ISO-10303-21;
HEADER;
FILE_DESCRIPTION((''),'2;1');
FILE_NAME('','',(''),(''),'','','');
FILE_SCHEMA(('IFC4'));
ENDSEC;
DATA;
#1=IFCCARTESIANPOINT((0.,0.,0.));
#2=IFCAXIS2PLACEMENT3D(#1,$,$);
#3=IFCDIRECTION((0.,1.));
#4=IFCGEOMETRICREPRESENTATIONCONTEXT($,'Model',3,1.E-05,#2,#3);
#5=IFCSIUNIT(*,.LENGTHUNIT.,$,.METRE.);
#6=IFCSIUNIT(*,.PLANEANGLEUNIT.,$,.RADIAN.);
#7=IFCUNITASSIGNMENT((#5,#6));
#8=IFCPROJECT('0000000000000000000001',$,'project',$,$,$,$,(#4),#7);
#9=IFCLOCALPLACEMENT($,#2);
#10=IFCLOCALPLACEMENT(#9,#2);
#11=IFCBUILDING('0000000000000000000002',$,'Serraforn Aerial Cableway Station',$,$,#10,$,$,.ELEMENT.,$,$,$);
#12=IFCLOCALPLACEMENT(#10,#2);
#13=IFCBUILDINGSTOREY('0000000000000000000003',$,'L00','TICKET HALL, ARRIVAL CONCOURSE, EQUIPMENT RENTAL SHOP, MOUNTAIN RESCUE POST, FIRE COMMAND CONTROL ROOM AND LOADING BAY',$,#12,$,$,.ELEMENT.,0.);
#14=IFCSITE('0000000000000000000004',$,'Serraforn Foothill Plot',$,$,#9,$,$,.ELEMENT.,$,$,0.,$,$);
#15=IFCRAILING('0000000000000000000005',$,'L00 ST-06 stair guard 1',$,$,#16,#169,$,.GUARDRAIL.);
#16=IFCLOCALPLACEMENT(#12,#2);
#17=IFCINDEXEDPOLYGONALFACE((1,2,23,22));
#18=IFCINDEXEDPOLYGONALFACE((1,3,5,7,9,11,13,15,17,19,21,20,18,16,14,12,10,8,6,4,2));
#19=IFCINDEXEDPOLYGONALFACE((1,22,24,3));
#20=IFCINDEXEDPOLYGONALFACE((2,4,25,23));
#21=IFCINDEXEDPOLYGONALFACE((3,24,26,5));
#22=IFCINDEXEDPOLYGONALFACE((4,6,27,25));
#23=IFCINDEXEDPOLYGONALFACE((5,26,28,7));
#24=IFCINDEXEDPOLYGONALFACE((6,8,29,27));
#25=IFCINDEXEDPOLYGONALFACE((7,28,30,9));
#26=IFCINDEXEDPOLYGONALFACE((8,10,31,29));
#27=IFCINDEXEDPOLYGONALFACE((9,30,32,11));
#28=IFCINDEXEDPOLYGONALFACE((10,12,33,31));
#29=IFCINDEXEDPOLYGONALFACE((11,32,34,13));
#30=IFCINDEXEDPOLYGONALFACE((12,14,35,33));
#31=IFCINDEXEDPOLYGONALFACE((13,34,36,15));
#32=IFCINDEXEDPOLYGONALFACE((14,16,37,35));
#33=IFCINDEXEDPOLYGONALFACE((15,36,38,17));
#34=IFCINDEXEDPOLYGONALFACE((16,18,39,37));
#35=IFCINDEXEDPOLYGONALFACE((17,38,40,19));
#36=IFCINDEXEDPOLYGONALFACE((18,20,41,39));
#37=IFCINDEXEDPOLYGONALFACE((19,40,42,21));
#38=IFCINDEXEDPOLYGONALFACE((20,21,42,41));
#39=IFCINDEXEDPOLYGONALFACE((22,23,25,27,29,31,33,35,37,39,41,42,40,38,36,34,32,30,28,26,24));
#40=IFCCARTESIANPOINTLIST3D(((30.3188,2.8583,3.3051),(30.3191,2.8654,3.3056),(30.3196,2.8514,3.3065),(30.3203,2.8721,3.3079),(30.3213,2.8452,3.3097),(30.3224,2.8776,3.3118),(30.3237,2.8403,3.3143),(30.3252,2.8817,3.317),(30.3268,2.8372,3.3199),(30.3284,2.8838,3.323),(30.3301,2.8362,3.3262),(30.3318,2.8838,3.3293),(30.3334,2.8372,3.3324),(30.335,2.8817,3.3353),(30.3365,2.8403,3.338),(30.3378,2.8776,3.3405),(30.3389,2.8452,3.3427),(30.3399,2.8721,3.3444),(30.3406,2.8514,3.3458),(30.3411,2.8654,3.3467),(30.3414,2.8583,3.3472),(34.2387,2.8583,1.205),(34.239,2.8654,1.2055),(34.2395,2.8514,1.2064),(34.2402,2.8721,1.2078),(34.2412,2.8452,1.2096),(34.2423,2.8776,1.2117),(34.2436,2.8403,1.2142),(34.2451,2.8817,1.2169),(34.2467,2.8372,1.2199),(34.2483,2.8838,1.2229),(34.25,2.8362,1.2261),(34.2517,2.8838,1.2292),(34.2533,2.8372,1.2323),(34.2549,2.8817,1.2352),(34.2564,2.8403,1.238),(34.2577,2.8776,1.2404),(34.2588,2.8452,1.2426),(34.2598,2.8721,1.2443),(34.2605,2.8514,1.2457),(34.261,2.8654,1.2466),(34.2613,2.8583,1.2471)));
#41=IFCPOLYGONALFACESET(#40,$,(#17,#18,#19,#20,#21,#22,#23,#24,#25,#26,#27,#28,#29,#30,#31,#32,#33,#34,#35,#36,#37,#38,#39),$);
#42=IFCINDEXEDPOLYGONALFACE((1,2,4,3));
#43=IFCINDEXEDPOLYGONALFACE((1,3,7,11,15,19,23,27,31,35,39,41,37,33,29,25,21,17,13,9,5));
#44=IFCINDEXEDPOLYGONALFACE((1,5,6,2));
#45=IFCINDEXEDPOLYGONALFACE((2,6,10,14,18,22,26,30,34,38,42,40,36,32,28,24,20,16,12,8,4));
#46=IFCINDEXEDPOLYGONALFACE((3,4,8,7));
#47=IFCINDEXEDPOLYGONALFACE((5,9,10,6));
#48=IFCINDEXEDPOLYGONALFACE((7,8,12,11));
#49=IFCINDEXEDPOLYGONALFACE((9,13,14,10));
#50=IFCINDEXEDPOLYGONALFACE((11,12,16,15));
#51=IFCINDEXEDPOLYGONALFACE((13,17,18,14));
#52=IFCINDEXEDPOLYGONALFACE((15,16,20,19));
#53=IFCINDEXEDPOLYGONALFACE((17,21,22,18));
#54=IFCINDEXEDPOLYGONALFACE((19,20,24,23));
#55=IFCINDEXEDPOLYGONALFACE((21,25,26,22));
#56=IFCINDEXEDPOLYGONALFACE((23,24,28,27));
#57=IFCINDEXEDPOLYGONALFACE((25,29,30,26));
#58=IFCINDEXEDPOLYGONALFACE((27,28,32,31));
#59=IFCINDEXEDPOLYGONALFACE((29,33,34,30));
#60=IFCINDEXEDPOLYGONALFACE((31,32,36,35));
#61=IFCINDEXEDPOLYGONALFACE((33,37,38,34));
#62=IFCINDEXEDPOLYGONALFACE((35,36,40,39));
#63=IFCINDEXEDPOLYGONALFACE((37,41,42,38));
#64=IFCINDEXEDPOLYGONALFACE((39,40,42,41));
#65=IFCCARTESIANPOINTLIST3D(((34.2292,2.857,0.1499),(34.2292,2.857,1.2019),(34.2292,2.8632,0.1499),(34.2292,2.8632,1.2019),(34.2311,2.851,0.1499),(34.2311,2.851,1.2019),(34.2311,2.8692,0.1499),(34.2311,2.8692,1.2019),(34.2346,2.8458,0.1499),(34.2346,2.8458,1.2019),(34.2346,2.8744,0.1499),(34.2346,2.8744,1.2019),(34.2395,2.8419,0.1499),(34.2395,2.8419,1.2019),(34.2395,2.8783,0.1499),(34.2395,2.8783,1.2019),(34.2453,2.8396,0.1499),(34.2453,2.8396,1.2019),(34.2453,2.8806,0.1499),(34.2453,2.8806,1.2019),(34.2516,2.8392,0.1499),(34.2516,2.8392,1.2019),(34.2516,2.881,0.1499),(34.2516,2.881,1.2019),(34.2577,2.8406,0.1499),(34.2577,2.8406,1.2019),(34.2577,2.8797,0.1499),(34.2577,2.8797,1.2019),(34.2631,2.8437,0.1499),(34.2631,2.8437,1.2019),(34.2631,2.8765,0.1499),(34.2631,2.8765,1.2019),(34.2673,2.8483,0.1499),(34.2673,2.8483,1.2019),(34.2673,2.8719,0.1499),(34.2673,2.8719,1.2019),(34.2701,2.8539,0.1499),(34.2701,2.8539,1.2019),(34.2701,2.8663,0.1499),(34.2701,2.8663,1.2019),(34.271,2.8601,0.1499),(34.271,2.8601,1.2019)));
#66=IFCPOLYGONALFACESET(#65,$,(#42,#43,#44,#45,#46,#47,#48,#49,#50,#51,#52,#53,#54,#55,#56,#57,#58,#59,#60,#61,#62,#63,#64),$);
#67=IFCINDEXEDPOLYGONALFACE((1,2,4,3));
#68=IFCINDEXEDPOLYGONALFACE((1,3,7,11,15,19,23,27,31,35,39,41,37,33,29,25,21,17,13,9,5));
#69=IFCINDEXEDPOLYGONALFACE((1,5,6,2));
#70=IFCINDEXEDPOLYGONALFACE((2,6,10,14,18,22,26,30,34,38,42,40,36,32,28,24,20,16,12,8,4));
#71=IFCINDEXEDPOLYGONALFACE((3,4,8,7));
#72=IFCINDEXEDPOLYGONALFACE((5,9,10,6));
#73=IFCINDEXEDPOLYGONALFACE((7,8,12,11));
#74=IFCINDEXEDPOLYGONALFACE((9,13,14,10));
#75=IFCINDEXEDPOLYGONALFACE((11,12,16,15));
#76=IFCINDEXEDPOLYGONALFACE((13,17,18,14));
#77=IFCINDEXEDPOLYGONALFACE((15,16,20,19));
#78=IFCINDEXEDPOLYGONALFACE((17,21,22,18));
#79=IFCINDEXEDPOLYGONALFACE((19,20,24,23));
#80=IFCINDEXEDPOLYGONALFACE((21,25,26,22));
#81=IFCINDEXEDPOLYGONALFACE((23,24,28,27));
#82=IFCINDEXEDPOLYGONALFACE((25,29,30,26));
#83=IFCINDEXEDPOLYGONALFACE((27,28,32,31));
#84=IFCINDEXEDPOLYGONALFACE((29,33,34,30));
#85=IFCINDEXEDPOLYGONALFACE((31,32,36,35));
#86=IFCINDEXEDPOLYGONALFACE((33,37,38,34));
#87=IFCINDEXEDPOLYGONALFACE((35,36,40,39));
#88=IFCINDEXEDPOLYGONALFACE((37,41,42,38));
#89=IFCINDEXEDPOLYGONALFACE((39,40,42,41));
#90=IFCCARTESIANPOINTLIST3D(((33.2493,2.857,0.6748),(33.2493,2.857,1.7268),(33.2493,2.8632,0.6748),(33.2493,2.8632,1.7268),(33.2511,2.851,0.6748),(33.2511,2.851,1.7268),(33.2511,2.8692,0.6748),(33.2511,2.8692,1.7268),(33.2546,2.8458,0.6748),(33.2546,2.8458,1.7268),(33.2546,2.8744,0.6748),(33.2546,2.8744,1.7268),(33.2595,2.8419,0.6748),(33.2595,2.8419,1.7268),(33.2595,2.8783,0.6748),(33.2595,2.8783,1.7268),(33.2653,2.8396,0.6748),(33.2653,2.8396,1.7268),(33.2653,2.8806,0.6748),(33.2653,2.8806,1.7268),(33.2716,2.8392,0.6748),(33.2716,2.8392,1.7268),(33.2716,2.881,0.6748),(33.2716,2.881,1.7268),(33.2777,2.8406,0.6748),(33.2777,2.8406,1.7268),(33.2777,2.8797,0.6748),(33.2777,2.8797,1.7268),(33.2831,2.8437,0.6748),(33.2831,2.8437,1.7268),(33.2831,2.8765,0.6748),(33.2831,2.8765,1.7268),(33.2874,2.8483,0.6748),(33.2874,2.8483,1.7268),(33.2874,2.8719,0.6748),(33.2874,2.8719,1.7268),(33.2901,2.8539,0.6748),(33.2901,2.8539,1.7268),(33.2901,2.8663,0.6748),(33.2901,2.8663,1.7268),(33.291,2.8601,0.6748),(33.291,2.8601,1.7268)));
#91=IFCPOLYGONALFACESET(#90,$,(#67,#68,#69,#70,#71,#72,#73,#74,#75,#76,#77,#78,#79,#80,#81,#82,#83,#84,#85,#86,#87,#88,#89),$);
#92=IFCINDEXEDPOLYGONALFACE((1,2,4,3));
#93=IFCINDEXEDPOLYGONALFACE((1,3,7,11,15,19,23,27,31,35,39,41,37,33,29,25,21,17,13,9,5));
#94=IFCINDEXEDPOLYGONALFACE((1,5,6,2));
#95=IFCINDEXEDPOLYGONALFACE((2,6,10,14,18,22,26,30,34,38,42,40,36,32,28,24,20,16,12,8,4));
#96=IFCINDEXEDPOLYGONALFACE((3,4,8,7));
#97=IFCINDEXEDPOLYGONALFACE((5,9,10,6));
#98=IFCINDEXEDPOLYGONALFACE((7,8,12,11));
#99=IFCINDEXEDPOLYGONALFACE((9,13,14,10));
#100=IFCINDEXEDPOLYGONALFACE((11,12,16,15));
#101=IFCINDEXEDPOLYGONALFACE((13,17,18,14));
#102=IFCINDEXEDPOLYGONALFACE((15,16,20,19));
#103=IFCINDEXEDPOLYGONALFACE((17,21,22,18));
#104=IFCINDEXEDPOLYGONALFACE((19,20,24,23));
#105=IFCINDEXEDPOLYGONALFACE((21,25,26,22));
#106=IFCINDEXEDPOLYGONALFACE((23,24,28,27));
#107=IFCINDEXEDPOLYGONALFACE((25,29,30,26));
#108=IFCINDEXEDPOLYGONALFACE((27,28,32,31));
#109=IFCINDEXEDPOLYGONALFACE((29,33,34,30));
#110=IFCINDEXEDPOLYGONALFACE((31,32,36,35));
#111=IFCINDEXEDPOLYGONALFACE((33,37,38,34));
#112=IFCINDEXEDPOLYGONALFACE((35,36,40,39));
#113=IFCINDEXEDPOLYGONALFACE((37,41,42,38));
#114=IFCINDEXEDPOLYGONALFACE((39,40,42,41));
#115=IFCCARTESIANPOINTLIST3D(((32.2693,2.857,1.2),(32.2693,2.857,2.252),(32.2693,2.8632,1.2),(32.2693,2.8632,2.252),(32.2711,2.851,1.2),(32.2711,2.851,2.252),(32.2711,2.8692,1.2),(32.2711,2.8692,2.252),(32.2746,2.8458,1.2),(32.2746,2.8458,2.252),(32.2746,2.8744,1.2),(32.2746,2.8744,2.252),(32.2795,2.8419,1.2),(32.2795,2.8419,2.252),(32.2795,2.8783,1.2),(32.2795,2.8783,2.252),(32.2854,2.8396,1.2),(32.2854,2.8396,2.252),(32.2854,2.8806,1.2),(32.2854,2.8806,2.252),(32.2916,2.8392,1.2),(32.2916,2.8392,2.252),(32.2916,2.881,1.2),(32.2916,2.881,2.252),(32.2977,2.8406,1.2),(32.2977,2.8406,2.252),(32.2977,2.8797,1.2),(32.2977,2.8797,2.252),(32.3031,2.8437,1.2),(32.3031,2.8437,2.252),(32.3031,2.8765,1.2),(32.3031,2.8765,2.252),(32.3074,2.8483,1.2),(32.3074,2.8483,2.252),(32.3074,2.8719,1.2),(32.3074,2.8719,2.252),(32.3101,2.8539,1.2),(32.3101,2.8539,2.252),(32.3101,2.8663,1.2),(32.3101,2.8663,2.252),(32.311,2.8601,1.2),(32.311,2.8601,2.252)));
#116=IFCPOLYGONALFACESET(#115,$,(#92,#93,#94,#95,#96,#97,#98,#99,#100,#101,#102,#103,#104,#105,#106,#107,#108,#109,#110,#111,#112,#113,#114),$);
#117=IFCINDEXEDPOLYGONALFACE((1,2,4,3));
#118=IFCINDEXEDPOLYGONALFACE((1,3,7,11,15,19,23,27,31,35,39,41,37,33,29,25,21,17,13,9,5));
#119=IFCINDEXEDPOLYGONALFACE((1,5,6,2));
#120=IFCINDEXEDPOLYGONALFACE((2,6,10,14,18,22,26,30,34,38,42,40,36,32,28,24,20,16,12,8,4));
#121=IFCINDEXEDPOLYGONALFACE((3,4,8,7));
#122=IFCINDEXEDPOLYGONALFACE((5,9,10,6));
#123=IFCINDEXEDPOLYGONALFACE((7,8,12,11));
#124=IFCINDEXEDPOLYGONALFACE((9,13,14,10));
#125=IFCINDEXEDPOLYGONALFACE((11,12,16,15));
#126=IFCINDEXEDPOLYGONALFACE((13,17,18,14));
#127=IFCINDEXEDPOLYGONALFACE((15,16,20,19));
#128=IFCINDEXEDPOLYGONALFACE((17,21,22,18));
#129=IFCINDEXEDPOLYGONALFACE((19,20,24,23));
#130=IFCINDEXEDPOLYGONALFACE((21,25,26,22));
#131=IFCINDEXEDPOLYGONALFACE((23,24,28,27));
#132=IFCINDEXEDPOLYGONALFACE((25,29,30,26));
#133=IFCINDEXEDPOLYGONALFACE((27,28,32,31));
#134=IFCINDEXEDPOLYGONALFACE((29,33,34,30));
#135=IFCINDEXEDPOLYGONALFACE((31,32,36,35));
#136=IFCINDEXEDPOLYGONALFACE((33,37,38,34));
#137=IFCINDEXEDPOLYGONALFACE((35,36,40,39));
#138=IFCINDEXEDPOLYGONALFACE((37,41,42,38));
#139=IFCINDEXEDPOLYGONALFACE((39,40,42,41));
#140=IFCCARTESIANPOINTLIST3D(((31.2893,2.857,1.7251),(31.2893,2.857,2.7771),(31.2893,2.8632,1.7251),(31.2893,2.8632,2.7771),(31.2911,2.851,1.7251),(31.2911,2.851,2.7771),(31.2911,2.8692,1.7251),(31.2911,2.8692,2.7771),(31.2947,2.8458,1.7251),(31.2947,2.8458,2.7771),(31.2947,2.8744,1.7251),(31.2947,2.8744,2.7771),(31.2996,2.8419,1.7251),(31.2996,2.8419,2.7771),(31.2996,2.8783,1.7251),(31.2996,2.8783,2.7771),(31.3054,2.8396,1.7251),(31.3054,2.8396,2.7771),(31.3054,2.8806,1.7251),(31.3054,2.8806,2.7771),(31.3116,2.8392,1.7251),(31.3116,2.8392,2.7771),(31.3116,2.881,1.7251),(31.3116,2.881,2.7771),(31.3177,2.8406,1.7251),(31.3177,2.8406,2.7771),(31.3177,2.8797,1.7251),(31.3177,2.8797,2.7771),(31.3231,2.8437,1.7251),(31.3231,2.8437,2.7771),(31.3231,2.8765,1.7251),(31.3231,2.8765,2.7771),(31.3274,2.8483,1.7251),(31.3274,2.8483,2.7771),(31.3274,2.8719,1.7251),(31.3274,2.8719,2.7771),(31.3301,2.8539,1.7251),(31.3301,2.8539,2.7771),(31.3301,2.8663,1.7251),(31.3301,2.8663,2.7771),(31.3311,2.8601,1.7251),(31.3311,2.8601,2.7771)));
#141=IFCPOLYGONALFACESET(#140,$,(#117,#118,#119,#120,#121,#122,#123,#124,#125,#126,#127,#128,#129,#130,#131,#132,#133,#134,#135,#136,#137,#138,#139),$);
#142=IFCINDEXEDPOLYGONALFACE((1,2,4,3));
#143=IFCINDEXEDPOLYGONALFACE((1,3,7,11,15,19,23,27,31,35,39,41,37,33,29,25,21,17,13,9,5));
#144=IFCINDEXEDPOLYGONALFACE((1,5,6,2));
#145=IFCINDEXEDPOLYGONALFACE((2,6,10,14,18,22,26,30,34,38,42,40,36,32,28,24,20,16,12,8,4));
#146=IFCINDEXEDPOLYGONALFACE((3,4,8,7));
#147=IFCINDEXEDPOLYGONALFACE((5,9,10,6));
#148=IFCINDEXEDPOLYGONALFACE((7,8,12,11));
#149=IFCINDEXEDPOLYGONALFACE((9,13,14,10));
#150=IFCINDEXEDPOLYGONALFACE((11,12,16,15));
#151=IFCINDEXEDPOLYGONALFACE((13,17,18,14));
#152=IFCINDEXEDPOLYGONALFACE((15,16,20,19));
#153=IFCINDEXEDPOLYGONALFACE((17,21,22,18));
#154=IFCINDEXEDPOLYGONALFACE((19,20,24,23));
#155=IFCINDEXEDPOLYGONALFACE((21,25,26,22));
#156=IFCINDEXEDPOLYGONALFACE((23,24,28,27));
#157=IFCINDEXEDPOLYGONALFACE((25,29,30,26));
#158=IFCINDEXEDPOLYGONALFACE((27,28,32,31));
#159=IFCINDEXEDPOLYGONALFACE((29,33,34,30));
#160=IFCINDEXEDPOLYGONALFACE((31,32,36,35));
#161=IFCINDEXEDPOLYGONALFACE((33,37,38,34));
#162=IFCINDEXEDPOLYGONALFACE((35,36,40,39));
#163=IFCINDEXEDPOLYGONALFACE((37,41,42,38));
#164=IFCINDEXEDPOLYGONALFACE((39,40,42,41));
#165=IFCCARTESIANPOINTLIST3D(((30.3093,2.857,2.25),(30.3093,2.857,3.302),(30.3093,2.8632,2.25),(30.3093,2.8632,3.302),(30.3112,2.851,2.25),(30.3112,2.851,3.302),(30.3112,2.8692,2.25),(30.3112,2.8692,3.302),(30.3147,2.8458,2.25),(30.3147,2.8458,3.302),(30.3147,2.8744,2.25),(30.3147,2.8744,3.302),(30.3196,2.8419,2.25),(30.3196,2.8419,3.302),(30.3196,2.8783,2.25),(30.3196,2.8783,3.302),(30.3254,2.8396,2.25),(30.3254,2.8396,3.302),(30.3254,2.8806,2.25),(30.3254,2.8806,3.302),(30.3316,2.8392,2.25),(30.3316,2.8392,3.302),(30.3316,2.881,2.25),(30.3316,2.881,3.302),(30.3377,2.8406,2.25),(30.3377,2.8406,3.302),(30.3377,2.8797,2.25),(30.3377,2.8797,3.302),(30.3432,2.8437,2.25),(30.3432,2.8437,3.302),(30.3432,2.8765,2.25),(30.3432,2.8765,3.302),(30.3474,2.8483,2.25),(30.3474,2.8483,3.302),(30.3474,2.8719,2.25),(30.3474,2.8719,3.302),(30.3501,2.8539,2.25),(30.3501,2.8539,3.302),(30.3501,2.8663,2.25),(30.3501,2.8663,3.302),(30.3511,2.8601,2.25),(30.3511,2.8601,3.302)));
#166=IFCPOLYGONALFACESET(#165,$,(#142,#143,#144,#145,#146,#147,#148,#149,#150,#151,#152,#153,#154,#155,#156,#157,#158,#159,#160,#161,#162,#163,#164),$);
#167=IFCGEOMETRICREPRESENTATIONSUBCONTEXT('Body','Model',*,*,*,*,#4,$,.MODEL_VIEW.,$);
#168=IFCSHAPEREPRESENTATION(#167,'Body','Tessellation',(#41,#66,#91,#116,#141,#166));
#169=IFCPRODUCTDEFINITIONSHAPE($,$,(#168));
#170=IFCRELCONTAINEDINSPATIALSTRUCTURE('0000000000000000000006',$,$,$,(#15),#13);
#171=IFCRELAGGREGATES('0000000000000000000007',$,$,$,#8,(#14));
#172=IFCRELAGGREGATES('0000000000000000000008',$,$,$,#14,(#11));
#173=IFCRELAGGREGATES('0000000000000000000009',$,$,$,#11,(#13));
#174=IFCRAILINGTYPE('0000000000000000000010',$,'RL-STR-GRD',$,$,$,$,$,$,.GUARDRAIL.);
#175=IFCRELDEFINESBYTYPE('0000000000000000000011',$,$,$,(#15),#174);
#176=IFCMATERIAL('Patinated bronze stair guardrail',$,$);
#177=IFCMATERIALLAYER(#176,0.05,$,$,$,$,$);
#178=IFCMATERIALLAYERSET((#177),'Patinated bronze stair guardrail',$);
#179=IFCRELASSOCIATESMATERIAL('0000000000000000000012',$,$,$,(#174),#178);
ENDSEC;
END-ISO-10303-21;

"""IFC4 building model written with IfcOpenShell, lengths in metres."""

from ifc_helpers import new_model, si_unit, direction, frame, origin, origin_2d, place, context, subcontext, project, spatial, circle, extrude, material, layer, layer_set, type_object, element, save


model = new_model("IFC4")

# Units and contexts
model_context = context("Model", 3, precision=1e-05, world=origin(), true_north=direction((0.0, 1.0)))
body_context = subcontext(model_context, "Body", "Model", "MODEL_VIEW")
ifc_project = project(units=[si_unit("LENGTHUNIT", "METRE"), si_unit("PLANEANGLEUNIT", "RADIAN")], contexts=[model_context])

# Site, building, storey
site_placement = place(None, origin())
site = spatial("IfcSite", under=ifc_project, at=site_placement, Name="Serraforn Foothill Plot", CompositionType="ELEMENT", RefElevation=0.0)
building_placement = place(site_placement, origin())
building = spatial("IfcBuilding", under=site, at=building_placement, Name="Serraforn Aerial Cableway Station", CompositionType="ELEMENT")
storey_placement = place(building_placement, origin())
storey = spatial("IfcBuildingStorey", under=building, at=storey_placement, Name="L00", Description="TICKET HALL, ARRIVAL CONCOURSE, EQUIPMENT RENTAL SHOP, MOUNTAIN RESCUE POST, FIRE COMMAND CONTROL ROOM AND LOADING BAY", CompositionType="ELEMENT", Elevation=0.0)

# Railing
ifc_material_1 = material(Name="Patinated bronze stair guardrail")
ifc_layer_1 = layer(ifc_material_1, 0.05)
ifc_layer_set_1 = layer_set([ifc_layer_1], Name="Patinated bronze stair guardrail")
railing_type_1 = type_object("IfcRailingType", Name="RL-STR-GRD", PredefinedType="GUARDRAIL", material=ifc_layer_set_1)
railing_1_placement = place(storey_placement, frame((34.25, 2.8601, 0.1499)))
element("IfcRailing", 1, at=railing_1_placement, inside=storey, type_object=railing_type_1, Name="L00 ST-06 stair guard 1", PredefinedType="GUARDRAIL", context=body_context, shape_type="SweptSolid", body=[
    extrude(circle(Radius=0.0239, at=origin_2d()), frame((0.0, 0.0, 1.0762), z_axis=(-0.881467, 0.0, 0.472246), x_axis=(0.0, -1.0, 0.0)), (0.0, 0.0, 1.0), 4.447),
    extrude(circle(Radius=0.021, at=origin_2d()), origin(), (0.0, 0.0, 1.0), 1.052),
    extrude(circle(Radius=0.021, at=origin_2d()), frame((-0.98, 0.0, 0.5249)), (0.0, 0.0, 1.0), 1.052),
    extrude(circle(Radius=0.021, at=origin_2d()), frame((-1.96, 0.0, 1.05)), (0.0, 0.0, 1.0), 1.052),
    extrude(circle(Radius=0.021, at=origin_2d()), frame((-2.9399, 0.0, 1.5752)), (0.0, 0.0, 1.0), 1.052),
    extrude(circle(Radius=0.021, at=origin_2d()), frame((-3.9199, 0.0, 2.1001)), (0.0, 0.0, 1.0), 1.052),
])

save(model, "model.ifc")
